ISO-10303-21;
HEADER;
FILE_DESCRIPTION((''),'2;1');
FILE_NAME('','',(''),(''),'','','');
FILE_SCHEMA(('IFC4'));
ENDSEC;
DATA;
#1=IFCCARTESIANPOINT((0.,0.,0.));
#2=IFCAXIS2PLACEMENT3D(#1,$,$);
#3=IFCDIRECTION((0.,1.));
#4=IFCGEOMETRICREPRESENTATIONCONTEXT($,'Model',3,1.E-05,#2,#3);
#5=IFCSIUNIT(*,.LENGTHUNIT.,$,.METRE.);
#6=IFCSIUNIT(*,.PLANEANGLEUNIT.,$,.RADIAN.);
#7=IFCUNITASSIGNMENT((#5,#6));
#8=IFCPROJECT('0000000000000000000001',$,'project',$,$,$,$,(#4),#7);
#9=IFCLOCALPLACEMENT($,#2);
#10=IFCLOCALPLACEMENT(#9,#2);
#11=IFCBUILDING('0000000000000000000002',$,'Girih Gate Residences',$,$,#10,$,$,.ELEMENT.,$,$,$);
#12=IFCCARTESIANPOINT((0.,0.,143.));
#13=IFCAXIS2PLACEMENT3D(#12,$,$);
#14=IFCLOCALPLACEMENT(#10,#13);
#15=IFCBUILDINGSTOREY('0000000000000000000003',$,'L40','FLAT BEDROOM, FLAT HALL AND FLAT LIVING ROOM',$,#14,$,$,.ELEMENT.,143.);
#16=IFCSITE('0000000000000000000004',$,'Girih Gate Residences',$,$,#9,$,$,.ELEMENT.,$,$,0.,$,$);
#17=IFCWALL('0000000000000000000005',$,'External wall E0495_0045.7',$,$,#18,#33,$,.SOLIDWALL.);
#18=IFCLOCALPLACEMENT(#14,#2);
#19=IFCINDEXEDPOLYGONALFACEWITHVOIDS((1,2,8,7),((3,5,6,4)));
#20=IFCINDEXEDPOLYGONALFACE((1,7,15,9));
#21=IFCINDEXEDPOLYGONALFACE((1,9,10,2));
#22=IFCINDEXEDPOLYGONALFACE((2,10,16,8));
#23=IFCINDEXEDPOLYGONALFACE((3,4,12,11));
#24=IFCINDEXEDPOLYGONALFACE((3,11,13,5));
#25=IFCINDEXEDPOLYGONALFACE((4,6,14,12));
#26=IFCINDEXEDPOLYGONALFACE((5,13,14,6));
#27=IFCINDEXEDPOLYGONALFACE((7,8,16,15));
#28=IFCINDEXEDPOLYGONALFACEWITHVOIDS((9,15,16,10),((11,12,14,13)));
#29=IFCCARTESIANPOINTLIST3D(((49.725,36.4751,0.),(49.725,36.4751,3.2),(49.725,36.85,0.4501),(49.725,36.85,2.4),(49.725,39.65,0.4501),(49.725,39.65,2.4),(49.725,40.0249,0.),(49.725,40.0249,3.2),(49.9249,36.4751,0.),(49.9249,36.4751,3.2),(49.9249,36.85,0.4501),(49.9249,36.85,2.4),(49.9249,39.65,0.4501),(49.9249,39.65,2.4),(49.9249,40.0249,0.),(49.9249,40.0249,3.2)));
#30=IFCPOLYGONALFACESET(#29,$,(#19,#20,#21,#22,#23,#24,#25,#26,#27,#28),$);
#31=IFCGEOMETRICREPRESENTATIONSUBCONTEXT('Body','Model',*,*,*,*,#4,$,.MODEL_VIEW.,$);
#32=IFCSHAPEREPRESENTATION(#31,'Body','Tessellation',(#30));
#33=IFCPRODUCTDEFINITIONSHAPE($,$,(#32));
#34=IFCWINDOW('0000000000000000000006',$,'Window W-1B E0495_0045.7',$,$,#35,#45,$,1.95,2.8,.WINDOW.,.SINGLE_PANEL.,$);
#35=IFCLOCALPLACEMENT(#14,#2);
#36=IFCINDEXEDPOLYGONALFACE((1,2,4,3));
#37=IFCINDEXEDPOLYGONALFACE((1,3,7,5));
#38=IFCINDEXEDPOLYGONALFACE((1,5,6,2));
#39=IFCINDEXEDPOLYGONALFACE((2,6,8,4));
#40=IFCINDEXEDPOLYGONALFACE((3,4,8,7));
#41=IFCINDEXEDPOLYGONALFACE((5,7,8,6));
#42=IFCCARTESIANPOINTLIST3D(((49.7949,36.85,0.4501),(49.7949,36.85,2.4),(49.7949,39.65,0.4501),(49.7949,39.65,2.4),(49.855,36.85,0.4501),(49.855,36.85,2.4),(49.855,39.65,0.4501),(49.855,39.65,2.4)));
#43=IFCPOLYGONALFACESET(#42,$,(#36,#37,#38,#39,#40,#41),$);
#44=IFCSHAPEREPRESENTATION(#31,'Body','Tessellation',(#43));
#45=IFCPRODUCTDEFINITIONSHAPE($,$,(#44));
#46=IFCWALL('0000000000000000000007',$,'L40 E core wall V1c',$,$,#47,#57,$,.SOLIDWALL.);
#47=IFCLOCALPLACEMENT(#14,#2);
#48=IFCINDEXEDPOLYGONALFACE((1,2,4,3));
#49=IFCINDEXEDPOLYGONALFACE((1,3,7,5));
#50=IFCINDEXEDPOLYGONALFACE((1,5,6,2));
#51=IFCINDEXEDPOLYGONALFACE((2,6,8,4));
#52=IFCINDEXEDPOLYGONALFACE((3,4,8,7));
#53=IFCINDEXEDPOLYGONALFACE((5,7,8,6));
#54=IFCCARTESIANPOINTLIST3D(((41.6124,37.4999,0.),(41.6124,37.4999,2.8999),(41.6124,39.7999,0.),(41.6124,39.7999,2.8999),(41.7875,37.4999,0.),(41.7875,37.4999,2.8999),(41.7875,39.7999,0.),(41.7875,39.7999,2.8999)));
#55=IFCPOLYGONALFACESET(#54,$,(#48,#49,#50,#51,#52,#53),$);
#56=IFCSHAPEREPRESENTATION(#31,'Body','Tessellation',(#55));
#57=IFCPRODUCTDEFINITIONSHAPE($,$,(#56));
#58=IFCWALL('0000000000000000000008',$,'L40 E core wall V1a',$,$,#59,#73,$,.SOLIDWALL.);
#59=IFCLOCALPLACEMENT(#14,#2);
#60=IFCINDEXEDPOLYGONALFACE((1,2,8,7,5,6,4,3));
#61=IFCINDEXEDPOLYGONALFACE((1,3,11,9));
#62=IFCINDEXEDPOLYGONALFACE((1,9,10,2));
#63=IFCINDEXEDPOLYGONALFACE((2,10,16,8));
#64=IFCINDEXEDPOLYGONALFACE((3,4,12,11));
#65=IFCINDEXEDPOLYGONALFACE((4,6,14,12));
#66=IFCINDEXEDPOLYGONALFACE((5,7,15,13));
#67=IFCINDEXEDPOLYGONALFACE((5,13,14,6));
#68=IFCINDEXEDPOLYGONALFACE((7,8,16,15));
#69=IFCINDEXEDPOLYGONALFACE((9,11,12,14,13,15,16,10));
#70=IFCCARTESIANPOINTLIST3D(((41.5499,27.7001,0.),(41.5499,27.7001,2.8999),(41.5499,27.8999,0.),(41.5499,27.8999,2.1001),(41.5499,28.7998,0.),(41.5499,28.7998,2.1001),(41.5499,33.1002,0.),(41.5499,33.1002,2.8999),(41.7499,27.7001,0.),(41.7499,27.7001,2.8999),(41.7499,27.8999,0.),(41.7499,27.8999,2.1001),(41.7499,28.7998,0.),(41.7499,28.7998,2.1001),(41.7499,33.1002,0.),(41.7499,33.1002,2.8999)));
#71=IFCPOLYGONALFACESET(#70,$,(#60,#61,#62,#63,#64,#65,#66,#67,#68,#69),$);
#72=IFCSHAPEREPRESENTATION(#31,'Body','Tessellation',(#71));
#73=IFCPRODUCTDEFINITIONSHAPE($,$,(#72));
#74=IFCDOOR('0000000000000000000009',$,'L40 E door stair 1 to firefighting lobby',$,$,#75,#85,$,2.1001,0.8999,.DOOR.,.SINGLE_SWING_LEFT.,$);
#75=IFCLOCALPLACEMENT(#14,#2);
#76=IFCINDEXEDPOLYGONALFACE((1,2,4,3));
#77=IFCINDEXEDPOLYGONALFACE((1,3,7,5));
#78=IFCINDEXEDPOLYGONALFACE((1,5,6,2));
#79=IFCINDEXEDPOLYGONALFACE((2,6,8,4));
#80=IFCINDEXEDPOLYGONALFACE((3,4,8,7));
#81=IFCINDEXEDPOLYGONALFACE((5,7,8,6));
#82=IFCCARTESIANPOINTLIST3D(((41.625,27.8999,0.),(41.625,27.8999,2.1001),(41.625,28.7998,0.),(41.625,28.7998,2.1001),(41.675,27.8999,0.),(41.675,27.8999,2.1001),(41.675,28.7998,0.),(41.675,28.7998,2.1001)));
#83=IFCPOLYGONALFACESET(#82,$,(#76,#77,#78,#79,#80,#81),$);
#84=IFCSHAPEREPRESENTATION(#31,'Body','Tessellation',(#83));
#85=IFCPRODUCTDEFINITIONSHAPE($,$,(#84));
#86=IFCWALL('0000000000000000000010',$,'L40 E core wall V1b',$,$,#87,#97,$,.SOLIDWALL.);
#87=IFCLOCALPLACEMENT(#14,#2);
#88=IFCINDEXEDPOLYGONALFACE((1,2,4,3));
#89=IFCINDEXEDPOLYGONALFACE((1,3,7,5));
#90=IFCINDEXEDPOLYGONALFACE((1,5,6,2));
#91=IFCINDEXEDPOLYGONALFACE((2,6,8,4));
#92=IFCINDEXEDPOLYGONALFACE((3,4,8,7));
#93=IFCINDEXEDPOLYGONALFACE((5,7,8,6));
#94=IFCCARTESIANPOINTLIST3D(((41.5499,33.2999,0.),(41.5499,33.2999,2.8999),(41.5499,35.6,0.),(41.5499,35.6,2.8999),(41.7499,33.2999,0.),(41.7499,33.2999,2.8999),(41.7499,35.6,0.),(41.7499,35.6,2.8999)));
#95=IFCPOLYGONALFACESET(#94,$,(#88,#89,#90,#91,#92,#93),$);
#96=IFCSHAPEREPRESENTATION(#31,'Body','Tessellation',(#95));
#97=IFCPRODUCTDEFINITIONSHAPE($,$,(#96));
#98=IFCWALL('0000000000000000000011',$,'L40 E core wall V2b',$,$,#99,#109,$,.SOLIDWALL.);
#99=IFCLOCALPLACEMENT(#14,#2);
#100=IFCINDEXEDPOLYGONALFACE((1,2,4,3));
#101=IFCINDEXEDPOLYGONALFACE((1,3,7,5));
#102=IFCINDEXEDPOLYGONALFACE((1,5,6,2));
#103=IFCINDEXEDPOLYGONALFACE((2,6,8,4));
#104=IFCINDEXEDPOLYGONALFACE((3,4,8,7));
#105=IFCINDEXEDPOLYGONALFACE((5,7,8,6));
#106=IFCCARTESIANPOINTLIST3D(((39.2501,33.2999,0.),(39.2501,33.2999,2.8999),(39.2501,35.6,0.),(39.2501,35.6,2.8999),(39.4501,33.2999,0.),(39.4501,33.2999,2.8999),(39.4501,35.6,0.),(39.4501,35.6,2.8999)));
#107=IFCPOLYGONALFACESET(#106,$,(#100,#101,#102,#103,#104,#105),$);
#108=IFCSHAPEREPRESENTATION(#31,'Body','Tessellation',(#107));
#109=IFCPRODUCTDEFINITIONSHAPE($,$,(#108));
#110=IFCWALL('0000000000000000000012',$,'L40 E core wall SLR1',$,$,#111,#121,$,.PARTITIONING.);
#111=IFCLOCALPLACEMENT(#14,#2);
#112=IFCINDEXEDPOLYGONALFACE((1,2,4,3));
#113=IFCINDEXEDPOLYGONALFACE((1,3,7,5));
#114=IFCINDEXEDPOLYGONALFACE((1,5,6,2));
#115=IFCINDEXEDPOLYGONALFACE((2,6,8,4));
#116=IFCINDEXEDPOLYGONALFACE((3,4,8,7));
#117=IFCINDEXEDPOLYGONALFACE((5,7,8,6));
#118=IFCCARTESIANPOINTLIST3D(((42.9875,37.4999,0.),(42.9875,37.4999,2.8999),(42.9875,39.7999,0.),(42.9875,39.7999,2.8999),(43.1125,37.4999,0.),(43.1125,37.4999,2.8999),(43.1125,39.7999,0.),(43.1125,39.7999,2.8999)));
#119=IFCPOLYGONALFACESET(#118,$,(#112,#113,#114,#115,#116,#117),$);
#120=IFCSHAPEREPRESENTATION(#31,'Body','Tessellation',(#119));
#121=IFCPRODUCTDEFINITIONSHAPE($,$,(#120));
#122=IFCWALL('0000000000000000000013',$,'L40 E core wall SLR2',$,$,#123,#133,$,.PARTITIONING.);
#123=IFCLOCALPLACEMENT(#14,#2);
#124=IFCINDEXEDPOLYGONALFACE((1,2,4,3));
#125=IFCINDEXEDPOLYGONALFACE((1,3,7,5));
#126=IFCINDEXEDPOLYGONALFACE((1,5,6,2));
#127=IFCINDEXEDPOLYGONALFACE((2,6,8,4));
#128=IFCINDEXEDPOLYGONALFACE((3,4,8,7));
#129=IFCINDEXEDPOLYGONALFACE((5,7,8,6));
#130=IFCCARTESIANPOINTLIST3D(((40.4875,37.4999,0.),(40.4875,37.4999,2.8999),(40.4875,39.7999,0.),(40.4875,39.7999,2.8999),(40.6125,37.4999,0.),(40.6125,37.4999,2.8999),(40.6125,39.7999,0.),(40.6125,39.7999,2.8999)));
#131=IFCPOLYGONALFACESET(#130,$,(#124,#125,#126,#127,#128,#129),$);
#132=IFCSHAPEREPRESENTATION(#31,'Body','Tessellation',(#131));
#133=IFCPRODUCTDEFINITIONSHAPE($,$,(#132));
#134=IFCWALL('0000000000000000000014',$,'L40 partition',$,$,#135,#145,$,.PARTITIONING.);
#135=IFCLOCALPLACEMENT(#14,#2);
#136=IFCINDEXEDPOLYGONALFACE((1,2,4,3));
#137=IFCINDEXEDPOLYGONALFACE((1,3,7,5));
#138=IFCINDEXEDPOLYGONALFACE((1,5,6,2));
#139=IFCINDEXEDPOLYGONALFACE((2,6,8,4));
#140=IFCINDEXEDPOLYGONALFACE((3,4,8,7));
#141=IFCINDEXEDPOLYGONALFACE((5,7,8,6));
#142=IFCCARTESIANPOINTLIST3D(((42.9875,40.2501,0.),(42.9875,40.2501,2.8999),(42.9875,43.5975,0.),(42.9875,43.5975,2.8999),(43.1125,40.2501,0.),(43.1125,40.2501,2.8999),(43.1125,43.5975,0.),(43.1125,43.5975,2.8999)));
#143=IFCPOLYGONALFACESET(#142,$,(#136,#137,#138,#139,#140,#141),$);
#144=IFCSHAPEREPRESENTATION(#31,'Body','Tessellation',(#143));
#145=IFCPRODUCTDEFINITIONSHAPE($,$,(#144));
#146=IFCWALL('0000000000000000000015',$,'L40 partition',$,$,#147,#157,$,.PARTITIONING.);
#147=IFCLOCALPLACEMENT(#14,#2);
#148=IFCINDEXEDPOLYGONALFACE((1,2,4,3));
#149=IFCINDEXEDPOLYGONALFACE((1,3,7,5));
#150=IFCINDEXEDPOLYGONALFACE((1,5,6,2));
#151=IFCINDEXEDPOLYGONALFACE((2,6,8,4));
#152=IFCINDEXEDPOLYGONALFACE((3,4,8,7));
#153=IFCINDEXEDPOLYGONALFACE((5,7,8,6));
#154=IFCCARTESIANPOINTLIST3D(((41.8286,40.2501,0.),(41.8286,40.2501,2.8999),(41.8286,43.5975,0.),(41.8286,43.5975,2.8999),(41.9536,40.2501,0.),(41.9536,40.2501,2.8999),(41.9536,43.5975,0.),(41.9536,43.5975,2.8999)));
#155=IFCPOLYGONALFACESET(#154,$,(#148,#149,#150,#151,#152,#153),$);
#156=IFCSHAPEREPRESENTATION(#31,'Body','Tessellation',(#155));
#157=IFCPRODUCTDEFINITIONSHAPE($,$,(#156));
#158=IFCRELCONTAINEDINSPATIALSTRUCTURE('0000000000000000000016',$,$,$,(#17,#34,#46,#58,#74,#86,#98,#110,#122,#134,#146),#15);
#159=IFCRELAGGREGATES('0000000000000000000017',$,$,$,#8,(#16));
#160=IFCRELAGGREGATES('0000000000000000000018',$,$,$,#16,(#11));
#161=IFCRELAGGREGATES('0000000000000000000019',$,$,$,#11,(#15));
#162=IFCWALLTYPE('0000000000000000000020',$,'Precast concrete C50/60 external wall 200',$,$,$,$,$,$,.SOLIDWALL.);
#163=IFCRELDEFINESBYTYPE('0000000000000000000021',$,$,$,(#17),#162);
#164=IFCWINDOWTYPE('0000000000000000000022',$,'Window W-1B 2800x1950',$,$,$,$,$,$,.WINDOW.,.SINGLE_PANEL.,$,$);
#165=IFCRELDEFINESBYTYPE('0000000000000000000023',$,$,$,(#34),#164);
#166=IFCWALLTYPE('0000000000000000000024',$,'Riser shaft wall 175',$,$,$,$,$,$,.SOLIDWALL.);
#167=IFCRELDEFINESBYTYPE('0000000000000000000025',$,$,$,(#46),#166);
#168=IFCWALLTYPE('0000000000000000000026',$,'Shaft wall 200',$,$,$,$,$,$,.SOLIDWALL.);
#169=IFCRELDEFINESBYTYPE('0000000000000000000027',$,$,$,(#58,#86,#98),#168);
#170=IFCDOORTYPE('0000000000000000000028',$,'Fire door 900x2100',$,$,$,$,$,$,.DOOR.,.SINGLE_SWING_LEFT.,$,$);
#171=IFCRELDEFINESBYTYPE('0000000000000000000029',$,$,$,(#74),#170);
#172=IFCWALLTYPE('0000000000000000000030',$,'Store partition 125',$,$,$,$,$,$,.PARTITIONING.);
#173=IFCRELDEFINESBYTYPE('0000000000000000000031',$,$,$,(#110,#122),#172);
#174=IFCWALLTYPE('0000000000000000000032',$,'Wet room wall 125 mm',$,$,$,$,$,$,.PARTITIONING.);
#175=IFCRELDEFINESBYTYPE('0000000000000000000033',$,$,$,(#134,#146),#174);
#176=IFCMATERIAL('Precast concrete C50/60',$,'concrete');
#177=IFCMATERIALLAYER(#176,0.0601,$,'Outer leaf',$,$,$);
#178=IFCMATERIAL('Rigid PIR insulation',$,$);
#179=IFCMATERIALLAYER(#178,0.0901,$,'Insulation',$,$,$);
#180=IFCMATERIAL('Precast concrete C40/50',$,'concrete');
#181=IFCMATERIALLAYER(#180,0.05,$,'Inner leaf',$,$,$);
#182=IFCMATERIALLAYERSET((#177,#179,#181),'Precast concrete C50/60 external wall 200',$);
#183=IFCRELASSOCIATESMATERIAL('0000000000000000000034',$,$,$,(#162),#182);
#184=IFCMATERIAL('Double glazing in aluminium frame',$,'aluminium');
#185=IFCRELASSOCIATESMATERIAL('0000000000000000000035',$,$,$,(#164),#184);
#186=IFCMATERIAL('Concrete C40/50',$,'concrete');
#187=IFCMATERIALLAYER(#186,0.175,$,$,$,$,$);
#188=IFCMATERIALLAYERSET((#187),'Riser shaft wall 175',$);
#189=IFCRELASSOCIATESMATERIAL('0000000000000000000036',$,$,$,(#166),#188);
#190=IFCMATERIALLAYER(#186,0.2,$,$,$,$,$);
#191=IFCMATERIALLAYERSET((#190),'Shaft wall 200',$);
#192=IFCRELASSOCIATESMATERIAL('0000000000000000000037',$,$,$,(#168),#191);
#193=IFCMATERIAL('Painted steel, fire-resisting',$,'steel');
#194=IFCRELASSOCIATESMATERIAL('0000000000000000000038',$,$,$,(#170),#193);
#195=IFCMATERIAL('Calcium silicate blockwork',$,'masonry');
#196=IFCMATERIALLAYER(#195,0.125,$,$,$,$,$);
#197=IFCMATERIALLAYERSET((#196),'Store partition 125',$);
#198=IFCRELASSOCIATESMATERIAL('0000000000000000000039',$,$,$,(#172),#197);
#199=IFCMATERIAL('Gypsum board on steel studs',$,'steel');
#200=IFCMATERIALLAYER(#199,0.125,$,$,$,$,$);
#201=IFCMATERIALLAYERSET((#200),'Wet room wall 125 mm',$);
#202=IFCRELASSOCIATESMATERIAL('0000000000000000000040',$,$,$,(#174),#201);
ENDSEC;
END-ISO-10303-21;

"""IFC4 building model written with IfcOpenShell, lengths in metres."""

from ifc_helpers import new_model, si_unit, direction, frame, frame_2d, origin, place, context, subcontext, project, spatial, rectangle, extrude, material, layer, layer_set, type_object, element, fill, save


model = new_model("IFC4")

# Units and contexts
model_context = context("Model", 3, precision=1e-05, world=origin(), true_north=direction((0.0, 1.0)))
body_context = subcontext(model_context, "Body", "Model", "MODEL_VIEW")
ifc_project = project(units=[si_unit("LENGTHUNIT", "METRE"), si_unit("PLANEANGLEUNIT", "RADIAN")], contexts=[model_context])

# Site, building, storey
site_placement = place(None, origin())
site = spatial("IfcSite", under=ifc_project, at=site_placement, Name="Girih Gate Residences", CompositionType="ELEMENT", RefElevation=0.0)
building_placement = place(site_placement, origin())
building = spatial("IfcBuilding", under=site, at=building_placement, Name="Girih Gate Residences", CompositionType="ELEMENT")
storey_placement = place(building_placement, frame((0.0, 0.0, 143.0)))
storey = spatial("IfcBuildingStorey", under=building, at=storey_placement, Name="L40", Description="FLAT BEDROOM, FLAT HALL AND FLAT LIVING ROOM", CompositionType="ELEMENT", Elevation=143.0)

# Shared definitions
ifc_material_1 = material(Name="Painted steel, fire-resisting", Category="steel")

# Shared definitions
ifc_material_2 = material(Name="Gypsum board on steel studs", Category="steel")

# Wall, opening, window
ifc_material_3 = material(Name="Precast concrete C50/60", Category="concrete")
ifc_layer_1 = layer(ifc_material_3, 0.0601, Name="Outer leaf")
ifc_material_4 = material(Name="Rigid PIR insulation")
ifc_layer_2 = layer(ifc_material_4, 0.0901, Name="Insulation")
ifc_material_5 = material(Name="Precast concrete C40/50", Category="concrete")
ifc_layer_3 = layer(ifc_material_5, 0.05, Name="Inner leaf")
ifc_layer_set_1 = layer_set([ifc_layer_1, ifc_layer_2, ifc_layer_3], Name="Precast concrete C50/60 external wall 200")
wall_type_1 = type_object("IfcWallType", Name="Precast concrete C50/60 external wall 200", PredefinedType="SOLIDWALL", material=ifc_layer_set_1)
ifc_material_6 = material(Name="Double glazing in aluminium frame", Category="aluminium")
window_type = type_object("IfcWindowType", Name="Window W-1B 2800x1950", PartitioningType="SINGLE_PANEL", PredefinedType="WINDOW", material=ifc_material_6)
wall_1_placement = place(storey_placement, frame((49.825, 40.0249, 0.0), z_axis=(0.0, 0.0, 1.0), x_axis=(0.0, -1.0, 0.0)))
wall_1 = element("IfcWall", 1, at=wall_1_placement, inside=storey, type_object=wall_type_1, Name="External wall E0495_0045.7", PredefinedType="SOLIDWALL", context=body_context, shape_type="SweptSolid", body=[
    extrude(rectangle(XDim=3.5498, YDim=0.2, at=frame_2d((1.7749, 0.0))), origin(), (0.0, 0.0, 1.0), 3.2),
])
opening_1_placement = place(wall_1_placement, frame((0.375, 0.0, 0.45)))
opening_1 = element("IfcOpeningElement", 2, at=opening_1_placement, cuts=wall_1, PredefinedType="OPENING", context=body_context, shape_type="SweptSolid", body=[
    extrude(rectangle(XDim=2.8, YDim=1.95, at=frame_2d((1.3999, 0.9751))), frame((0.0, 0.1099, 0.0), z_axis=(0.0, -1.0, 0.0), x_axis=(1.0, 0.0, 0.0)), (0.0, 0.0, 1.0), 0.22),
])
window_1_placement = place(opening_1_placement, origin())
window_1 = element("IfcWindow", 3, at=window_1_placement, inside=storey, type_object=window_type, Name="Window W-1B E0495_0045.7", OverallHeight=1.95, OverallWidth=2.8, PartitioningType="SINGLE_PANEL", PredefinedType="WINDOW", context=body_context, shape_type="SweptSolid", body=[
    extrude(rectangle(XDim=2.8, YDim=1.95, at=frame_2d((1.3999, 0.9751))), frame((0.0, 0.03, 0.0), z_axis=(0.0, -1.0, 0.0), x_axis=(1.0, 0.0, 0.0)), (0.0, 0.0, 1.0), 0.0601),
])
fill(opening_1, window_1)

# Wall
ifc_material_7 = material(Name="Concrete C40/50", Category="concrete")
ifc_layer_4 = layer(ifc_material_7, 0.175)
ifc_layer_set_2 = layer_set([ifc_layer_4], Name="Riser shaft wall 175")
wall_type_2 = type_object("IfcWallType", Name="Riser shaft wall 175", PredefinedType="SOLIDWALL", material=ifc_layer_set_2)
wall_2_placement = place(storey_placement, frame((41.7, 37.5, 0.0), z_axis=(0.0, 0.0, 1.0), x_axis=(0.0, 1.0, 0.0)))
element("IfcWall", 4, at=wall_2_placement, inside=storey, type_object=wall_type_2, Name="L40 E core wall V1c", PredefinedType="SOLIDWALL", context=body_context, shape_type="SweptSolid", body=[
    extrude(rectangle(XDim=2.3, YDim=0.175, at=frame_2d((1.1499, 0.0))), origin(), (0.0, 0.0, 1.0), 2.8999),
])

# Wall, opening, door
ifc_layer_5 = layer(ifc_material_7, 0.2)
ifc_layer_set_3 = layer_set([ifc_layer_5], Name="Shaft wall 200")
wall_type_3 = type_object("IfcWallType", Name="Shaft wall 200", PredefinedType="SOLIDWALL", material=ifc_layer_set_3)
wall_3_placement = place(storey_placement, frame((41.6499, 27.7, 0.0), z_axis=(0.0, 0.0, 1.0), x_axis=(0.0, 1.0, 0.0)))
wall_3 = element("IfcWall", 5, at=wall_3_placement, inside=storey, type_object=wall_type_3, Name="L40 E core wall V1a", PredefinedType="SOLIDWALL", context=body_context, shape_type="SweptSolid", body=[
    extrude(rectangle(XDim=5.4001, YDim=0.2, at=frame_2d((2.7002, 0.0))), origin(), (0.0, 0.0, 1.0), 2.8999),
])
opening_2_placement = place(wall_3_placement, frame((0.2, 0.0, 0.0)))
opening_2 = element("IfcOpeningElement", 6, at=opening_2_placement, cuts=wall_3, PredefinedType="OPENING", context=body_context, shape_type="SweptSolid", body=[
    extrude(rectangle(XDim=0.8999, YDim=2.1001, at=frame_2d((0.45, 1.05))), frame((0.0, 0.1099, 0.0), z_axis=(0.0, -1.0, 0.0), x_axis=(1.0, 0.0, 0.0)), (0.0, 0.0, 1.0), 0.22),
])
door_type_1 = type_object("IfcDoorType", Name="Fire door 900x2100", OperationType="SINGLE_SWING_LEFT", PredefinedType="DOOR", material=ifc_material_1)
door_1_placement = place(opening_2_placement, origin())
door_1 = element("IfcDoor", 7, at=door_1_placement, inside=storey, type_object=door_type_1, Name="L40 E door stair 1 to firefighting lobby", OperationType="SINGLE_SWING_LEFT", OverallHeight=2.1001, OverallWidth=0.8999, PredefinedType="DOOR", context=body_context, shape_type="SweptSolid", body=[
    extrude(rectangle(XDim=0.8999, YDim=2.1001, at=frame_2d((0.45, 1.05))), frame((0.0, 0.0249, 0.0), z_axis=(0.0, -1.0, 0.0), x_axis=(1.0, 0.0, 0.0)), (0.0, 0.0, 1.0), 0.05),
])
fill(opening_2, door_1)

# Walls
for number, where, z_axis, x_axis, name in (
    (8, (41.6499, 33.3, 0.0), (0.0, 0.0, 1.0), (0.0, 1.0, 0.0), "L40 E core wall V1b"),
    (9, (39.3501, 33.3, 0.0), (0.0, 0.0, 1.0), (0.0, 1.0, 0.0), "L40 E core wall V2b"),
):
    element("IfcWall", number, at=place(storey_placement, frame(where, z_axis=z_axis, x_axis=x_axis)), inside=storey, type_object=wall_type_3, Name=name, PredefinedType="SOLIDWALL", context=body_context, shape_type="SweptSolid", body=[
        extrude(rectangle(XDim=2.3, YDim=0.2, at=frame_2d((1.1499, 0.0))), origin(), (0.0, 0.0, 1.0), 2.8999),
    ])
ifc_material_8 = material(Name="Calcium silicate blockwork", Category="masonry")
ifc_layer_6 = layer(ifc_material_8, 0.125)
ifc_layer_set_4 = layer_set([ifc_layer_6], Name="Store partition 125")
wall_type_4 = type_object("IfcWallType", Name="Store partition 125", PredefinedType="PARTITIONING", material=ifc_layer_set_4)
for number, where, z_axis, x_axis, name in (
    (10, (43.05, 37.5, 0.0), (0.0, 0.0, 1.0), (0.0, 1.0, 0.0), "L40 E core wall SLR1"),
    (11, (40.55, 37.5, 0.0), (0.0, 0.0, 1.0), (0.0, 1.0, 0.0), "L40 E core wall SLR2"),
):
    element("IfcWall", number, at=place(storey_placement, frame(where, z_axis=z_axis, x_axis=x_axis)), inside=storey, type_object=wall_type_4, Name=name, PredefinedType="PARTITIONING", context=body_context, shape_type="SweptSolid", body=[
        extrude(rectangle(XDim=2.3, YDim=0.125, at=frame_2d((1.1499, 0.0))), origin(), (0.0, 0.0, 1.0), 2.8999),
    ])
ifc_layer_7 = layer(ifc_material_2, 0.125)
ifc_layer_set_5 = layer_set([ifc_layer_7], Name="Wet room wall 125 mm")
wall_type_5 = type_object("IfcWallType", Name="Wet room wall 125 mm", PredefinedType="PARTITIONING", material=ifc_layer_set_5)
for number, where, z_axis, x_axis, name in (
    (12, (43.05, 40.25, 0.0), (0.0, 0.0, 1.0), (0.0, 1.0, 0.0), "L40 partition"),
    (13, (41.8911, 40.25, 0.0), (0.0, 0.0, 1.0), (0.0, 1.0, 0.0), "L40 partition"),
):
    element("IfcWall", number, at=place(storey_placement, frame(where, z_axis=z_axis, x_axis=x_axis)), inside=storey, type_object=wall_type_5, Name=name, PredefinedType="PARTITIONING", context=body_context, shape_type="SweptSolid", body=[
        extrude(rectangle(XDim=3.3474, YDim=0.125, at=frame_2d((1.6738, 0.0))), origin(), (0.0, 0.0, 1.0), 2.8999),
    ])

save(model, "model.ifc")
